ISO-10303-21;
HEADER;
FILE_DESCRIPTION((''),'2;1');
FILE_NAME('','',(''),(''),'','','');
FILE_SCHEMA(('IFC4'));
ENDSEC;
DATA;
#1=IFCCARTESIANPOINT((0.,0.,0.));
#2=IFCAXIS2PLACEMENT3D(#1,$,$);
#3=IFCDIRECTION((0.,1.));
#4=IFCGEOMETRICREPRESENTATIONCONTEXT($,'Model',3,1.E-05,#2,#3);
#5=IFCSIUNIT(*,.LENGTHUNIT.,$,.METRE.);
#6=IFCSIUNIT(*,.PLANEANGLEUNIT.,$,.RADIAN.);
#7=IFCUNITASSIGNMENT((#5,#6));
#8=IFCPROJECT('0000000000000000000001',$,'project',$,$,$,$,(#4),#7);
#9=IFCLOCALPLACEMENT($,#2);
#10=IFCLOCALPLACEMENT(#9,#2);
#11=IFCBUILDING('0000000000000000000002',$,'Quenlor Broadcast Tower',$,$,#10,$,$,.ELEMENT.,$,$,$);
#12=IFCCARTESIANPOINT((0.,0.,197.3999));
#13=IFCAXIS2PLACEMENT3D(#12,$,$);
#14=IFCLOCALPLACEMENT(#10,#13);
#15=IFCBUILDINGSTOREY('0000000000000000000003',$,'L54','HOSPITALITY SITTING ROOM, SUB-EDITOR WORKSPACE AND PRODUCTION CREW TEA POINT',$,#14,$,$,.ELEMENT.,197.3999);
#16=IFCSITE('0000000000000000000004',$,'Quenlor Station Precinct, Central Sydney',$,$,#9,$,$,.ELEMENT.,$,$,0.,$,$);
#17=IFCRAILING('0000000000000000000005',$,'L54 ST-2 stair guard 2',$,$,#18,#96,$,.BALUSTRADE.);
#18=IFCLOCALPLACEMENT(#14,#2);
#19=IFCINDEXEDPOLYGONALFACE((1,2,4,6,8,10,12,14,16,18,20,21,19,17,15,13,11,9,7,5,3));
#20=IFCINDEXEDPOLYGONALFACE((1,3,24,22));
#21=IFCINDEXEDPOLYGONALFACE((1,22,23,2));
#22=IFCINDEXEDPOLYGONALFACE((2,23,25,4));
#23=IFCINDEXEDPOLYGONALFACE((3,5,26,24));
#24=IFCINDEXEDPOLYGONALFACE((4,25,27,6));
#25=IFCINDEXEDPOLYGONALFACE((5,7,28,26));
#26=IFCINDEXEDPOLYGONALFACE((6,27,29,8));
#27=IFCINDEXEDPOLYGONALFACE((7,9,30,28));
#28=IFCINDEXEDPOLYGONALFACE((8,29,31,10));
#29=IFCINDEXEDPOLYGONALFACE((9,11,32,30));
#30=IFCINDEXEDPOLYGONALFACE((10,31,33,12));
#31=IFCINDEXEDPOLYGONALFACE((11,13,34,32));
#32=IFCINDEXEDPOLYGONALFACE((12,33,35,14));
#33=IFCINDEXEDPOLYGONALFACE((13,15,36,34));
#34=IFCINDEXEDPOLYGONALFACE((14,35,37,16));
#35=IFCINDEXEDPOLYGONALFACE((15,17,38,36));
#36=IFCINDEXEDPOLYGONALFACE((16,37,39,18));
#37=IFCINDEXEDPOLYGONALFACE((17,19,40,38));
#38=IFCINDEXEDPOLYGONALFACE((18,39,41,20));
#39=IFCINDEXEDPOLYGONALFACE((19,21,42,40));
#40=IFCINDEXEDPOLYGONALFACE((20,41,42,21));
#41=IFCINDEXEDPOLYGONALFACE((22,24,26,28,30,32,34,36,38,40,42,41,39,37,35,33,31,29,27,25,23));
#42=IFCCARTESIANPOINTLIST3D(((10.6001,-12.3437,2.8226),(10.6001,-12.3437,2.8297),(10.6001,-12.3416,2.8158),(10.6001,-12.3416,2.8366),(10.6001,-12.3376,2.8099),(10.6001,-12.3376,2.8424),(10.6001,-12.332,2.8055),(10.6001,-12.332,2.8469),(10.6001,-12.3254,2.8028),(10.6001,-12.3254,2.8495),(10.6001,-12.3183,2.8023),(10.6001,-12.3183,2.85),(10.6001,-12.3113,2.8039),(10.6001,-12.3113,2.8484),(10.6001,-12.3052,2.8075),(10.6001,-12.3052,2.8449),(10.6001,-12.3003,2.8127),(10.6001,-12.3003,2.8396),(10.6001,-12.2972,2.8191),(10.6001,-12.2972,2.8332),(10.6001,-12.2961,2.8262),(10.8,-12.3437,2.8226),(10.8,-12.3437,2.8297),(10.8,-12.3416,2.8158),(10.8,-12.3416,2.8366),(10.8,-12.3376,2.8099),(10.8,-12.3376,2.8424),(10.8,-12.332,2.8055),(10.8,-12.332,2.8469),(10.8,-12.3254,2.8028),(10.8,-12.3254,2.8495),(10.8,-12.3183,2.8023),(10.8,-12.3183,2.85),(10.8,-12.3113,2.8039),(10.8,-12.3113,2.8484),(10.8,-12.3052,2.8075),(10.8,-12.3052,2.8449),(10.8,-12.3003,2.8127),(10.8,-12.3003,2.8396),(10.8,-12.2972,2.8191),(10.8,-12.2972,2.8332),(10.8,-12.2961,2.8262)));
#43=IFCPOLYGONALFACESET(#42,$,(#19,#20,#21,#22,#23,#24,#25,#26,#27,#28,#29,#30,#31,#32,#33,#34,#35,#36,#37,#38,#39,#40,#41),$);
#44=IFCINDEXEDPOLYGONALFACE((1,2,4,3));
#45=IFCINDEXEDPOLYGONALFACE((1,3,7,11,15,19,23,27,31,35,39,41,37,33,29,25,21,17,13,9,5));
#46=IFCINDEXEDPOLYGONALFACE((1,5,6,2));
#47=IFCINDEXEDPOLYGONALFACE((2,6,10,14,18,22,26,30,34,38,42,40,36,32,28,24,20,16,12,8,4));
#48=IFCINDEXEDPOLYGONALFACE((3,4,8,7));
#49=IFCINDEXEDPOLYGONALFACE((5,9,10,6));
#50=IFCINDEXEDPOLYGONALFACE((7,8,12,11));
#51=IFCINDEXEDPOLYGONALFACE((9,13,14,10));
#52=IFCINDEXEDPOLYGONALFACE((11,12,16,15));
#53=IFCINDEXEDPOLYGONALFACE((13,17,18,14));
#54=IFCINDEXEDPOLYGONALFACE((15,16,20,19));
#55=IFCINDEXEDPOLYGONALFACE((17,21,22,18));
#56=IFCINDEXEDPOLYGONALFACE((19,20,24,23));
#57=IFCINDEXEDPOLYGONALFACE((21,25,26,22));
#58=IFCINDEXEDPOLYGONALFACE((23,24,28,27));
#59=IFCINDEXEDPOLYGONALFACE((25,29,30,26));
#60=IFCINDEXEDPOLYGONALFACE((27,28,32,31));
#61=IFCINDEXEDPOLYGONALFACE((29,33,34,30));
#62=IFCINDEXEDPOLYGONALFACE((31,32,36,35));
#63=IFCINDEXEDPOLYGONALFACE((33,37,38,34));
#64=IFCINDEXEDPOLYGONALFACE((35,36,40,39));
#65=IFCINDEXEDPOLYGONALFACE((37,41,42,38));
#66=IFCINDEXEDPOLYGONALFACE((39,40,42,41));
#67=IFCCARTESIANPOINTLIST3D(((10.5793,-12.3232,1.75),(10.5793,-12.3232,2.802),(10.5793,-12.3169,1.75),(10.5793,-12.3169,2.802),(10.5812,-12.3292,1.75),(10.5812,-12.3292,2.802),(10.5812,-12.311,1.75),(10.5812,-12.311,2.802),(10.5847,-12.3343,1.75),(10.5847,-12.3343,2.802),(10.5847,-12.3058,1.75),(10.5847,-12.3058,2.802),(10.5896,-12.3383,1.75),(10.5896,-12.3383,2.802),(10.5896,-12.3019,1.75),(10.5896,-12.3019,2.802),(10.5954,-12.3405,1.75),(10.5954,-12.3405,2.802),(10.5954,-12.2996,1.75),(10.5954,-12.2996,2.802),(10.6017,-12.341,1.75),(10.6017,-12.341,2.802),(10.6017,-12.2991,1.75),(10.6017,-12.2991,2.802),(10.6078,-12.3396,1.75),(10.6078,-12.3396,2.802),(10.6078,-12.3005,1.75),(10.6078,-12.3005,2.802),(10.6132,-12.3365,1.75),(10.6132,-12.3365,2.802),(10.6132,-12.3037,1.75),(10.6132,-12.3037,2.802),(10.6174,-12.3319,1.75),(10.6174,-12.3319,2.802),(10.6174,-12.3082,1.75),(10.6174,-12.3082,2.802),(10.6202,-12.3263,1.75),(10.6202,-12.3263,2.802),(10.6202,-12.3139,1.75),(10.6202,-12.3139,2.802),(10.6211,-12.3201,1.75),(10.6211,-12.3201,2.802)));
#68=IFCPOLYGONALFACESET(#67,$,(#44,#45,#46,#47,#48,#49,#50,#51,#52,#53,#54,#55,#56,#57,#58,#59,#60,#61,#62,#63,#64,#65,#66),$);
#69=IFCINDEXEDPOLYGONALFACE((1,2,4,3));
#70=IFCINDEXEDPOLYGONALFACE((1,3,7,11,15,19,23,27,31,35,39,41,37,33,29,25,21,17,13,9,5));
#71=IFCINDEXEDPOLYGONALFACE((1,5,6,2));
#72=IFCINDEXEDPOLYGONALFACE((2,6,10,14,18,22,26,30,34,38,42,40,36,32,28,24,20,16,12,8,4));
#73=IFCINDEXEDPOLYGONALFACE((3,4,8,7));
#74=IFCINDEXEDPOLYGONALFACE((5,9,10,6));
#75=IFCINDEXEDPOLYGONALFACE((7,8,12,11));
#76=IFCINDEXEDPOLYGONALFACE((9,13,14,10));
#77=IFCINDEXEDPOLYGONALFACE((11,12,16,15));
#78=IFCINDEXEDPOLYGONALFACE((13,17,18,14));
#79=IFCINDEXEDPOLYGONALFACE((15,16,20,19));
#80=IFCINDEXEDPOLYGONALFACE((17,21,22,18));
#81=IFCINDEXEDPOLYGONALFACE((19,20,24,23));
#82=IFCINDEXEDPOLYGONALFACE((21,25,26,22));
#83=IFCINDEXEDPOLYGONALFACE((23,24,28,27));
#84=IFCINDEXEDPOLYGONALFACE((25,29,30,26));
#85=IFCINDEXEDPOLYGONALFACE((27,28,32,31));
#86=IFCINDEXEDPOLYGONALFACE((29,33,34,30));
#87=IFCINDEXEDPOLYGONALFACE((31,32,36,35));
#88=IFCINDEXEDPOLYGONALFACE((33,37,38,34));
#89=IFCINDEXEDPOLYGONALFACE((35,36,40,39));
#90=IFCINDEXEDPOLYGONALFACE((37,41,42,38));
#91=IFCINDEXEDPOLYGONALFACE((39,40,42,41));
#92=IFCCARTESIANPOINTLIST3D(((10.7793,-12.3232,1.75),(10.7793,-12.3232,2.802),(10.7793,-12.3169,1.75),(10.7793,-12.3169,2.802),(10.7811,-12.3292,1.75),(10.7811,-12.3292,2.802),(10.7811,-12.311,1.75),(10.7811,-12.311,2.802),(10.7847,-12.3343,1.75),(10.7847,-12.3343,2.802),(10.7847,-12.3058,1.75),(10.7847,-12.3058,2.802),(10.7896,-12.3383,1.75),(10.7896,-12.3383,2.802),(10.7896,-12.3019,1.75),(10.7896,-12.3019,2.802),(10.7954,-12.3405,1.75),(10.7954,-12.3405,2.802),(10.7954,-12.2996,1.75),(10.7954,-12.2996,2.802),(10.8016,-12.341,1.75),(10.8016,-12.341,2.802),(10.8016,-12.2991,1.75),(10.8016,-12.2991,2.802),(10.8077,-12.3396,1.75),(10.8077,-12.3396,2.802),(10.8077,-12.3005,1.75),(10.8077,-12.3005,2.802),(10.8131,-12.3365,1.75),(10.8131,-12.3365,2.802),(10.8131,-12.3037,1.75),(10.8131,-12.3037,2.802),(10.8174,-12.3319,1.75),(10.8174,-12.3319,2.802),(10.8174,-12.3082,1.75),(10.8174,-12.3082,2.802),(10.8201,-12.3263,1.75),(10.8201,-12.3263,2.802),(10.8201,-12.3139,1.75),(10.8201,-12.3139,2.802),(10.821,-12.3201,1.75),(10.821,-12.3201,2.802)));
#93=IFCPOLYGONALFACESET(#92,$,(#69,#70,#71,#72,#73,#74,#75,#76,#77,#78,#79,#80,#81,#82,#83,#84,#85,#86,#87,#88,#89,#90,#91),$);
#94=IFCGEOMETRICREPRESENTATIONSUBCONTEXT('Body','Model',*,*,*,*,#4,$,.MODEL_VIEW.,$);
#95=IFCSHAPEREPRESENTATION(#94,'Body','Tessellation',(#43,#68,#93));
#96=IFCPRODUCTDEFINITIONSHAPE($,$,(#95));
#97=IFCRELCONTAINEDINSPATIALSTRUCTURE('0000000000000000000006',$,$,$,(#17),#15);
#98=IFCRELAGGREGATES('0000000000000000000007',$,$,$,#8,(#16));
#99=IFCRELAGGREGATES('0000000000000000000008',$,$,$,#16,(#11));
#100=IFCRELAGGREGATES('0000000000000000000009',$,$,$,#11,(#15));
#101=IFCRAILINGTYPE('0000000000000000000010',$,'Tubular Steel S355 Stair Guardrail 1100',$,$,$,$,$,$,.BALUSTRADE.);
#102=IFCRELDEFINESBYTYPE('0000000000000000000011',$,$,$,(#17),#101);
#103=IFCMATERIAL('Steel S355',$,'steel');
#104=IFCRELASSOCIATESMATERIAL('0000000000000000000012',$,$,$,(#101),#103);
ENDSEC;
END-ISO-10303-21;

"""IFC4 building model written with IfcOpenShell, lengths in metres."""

from ifc_helpers import new_model, si_unit, direction, frame, origin, origin_2d, place, context, subcontext, project, spatial, circle, extrude, material, type_object, element, save


model = new_model("IFC4")

# Units and contexts
model_context = context("Model", 3, precision=1e-05, world=origin(), true_north=direction((0.0, 1.0)))
body_context = subcontext(model_context, "Body", "Model", "MODEL_VIEW")
ifc_project = project(units=[si_unit("LENGTHUNIT", "METRE"), si_unit("PLANEANGLEUNIT", "RADIAN")], contexts=[model_context])

# Site, building, storey
site_placement = place(None, origin())
site = spatial("IfcSite", under=ifc_project, at=site_placement, Name="Quenlor Station Precinct, Central Sydney", CompositionType="ELEMENT", RefElevation=0.0)
building_placement = place(site_placement, origin())
building = spatial("IfcBuilding", under=site, at=building_placement, Name="Quenlor Broadcast Tower", CompositionType="ELEMENT")
storey_placement = place(building_placement, frame((0.0, 0.0, 197.3999)))
storey = spatial("IfcBuildingStorey", under=building, at=storey_placement, Name="L54", Description="HOSPITALITY SITTING ROOM, SUB-EDITOR WORKSPACE AND PRODUCTION CREW TEA POINT", CompositionType="ELEMENT", Elevation=197.3999)

# Railing
ifc_material_1 = material(Name="Steel S355", Category="steel")
railing_type_1 = type_object("IfcRailingType", Name="Tubular Steel S355 Stair Guardrail 1100", PredefinedType="BALUSTRADE", material=ifc_material_1)
railing_1_placement = place(storey_placement, frame((10.6001, -12.3201, 1.75)))
element("IfcRailing", 1, at=railing_1_placement, inside=storey, type_object=railing_type_1, Name="L54 ST-2 stair guard 2", PredefinedType="BALUSTRADE", context=body_context, shape_type="SweptSolid", body=[
    extrude(circle(Radius=0.0239, at=origin_2d()), frame((0.0, 0.0, 1.0762), z_axis=(1.0, 0.0, 0.0), x_axis=(0.0, 1.0, 0.0)), (0.0, 0.0, 1.0), 0.2),
    extrude(circle(Radius=0.021, at=origin_2d()), origin(), (0.0, 0.0, 1.0), 1.052),
    extrude(circle(Radius=0.021, at=origin_2d()), frame((0.2, 0.0, 0.0)), (0.0, 0.0, 1.0), 1.052),
])

save(model, "model.ifc")
